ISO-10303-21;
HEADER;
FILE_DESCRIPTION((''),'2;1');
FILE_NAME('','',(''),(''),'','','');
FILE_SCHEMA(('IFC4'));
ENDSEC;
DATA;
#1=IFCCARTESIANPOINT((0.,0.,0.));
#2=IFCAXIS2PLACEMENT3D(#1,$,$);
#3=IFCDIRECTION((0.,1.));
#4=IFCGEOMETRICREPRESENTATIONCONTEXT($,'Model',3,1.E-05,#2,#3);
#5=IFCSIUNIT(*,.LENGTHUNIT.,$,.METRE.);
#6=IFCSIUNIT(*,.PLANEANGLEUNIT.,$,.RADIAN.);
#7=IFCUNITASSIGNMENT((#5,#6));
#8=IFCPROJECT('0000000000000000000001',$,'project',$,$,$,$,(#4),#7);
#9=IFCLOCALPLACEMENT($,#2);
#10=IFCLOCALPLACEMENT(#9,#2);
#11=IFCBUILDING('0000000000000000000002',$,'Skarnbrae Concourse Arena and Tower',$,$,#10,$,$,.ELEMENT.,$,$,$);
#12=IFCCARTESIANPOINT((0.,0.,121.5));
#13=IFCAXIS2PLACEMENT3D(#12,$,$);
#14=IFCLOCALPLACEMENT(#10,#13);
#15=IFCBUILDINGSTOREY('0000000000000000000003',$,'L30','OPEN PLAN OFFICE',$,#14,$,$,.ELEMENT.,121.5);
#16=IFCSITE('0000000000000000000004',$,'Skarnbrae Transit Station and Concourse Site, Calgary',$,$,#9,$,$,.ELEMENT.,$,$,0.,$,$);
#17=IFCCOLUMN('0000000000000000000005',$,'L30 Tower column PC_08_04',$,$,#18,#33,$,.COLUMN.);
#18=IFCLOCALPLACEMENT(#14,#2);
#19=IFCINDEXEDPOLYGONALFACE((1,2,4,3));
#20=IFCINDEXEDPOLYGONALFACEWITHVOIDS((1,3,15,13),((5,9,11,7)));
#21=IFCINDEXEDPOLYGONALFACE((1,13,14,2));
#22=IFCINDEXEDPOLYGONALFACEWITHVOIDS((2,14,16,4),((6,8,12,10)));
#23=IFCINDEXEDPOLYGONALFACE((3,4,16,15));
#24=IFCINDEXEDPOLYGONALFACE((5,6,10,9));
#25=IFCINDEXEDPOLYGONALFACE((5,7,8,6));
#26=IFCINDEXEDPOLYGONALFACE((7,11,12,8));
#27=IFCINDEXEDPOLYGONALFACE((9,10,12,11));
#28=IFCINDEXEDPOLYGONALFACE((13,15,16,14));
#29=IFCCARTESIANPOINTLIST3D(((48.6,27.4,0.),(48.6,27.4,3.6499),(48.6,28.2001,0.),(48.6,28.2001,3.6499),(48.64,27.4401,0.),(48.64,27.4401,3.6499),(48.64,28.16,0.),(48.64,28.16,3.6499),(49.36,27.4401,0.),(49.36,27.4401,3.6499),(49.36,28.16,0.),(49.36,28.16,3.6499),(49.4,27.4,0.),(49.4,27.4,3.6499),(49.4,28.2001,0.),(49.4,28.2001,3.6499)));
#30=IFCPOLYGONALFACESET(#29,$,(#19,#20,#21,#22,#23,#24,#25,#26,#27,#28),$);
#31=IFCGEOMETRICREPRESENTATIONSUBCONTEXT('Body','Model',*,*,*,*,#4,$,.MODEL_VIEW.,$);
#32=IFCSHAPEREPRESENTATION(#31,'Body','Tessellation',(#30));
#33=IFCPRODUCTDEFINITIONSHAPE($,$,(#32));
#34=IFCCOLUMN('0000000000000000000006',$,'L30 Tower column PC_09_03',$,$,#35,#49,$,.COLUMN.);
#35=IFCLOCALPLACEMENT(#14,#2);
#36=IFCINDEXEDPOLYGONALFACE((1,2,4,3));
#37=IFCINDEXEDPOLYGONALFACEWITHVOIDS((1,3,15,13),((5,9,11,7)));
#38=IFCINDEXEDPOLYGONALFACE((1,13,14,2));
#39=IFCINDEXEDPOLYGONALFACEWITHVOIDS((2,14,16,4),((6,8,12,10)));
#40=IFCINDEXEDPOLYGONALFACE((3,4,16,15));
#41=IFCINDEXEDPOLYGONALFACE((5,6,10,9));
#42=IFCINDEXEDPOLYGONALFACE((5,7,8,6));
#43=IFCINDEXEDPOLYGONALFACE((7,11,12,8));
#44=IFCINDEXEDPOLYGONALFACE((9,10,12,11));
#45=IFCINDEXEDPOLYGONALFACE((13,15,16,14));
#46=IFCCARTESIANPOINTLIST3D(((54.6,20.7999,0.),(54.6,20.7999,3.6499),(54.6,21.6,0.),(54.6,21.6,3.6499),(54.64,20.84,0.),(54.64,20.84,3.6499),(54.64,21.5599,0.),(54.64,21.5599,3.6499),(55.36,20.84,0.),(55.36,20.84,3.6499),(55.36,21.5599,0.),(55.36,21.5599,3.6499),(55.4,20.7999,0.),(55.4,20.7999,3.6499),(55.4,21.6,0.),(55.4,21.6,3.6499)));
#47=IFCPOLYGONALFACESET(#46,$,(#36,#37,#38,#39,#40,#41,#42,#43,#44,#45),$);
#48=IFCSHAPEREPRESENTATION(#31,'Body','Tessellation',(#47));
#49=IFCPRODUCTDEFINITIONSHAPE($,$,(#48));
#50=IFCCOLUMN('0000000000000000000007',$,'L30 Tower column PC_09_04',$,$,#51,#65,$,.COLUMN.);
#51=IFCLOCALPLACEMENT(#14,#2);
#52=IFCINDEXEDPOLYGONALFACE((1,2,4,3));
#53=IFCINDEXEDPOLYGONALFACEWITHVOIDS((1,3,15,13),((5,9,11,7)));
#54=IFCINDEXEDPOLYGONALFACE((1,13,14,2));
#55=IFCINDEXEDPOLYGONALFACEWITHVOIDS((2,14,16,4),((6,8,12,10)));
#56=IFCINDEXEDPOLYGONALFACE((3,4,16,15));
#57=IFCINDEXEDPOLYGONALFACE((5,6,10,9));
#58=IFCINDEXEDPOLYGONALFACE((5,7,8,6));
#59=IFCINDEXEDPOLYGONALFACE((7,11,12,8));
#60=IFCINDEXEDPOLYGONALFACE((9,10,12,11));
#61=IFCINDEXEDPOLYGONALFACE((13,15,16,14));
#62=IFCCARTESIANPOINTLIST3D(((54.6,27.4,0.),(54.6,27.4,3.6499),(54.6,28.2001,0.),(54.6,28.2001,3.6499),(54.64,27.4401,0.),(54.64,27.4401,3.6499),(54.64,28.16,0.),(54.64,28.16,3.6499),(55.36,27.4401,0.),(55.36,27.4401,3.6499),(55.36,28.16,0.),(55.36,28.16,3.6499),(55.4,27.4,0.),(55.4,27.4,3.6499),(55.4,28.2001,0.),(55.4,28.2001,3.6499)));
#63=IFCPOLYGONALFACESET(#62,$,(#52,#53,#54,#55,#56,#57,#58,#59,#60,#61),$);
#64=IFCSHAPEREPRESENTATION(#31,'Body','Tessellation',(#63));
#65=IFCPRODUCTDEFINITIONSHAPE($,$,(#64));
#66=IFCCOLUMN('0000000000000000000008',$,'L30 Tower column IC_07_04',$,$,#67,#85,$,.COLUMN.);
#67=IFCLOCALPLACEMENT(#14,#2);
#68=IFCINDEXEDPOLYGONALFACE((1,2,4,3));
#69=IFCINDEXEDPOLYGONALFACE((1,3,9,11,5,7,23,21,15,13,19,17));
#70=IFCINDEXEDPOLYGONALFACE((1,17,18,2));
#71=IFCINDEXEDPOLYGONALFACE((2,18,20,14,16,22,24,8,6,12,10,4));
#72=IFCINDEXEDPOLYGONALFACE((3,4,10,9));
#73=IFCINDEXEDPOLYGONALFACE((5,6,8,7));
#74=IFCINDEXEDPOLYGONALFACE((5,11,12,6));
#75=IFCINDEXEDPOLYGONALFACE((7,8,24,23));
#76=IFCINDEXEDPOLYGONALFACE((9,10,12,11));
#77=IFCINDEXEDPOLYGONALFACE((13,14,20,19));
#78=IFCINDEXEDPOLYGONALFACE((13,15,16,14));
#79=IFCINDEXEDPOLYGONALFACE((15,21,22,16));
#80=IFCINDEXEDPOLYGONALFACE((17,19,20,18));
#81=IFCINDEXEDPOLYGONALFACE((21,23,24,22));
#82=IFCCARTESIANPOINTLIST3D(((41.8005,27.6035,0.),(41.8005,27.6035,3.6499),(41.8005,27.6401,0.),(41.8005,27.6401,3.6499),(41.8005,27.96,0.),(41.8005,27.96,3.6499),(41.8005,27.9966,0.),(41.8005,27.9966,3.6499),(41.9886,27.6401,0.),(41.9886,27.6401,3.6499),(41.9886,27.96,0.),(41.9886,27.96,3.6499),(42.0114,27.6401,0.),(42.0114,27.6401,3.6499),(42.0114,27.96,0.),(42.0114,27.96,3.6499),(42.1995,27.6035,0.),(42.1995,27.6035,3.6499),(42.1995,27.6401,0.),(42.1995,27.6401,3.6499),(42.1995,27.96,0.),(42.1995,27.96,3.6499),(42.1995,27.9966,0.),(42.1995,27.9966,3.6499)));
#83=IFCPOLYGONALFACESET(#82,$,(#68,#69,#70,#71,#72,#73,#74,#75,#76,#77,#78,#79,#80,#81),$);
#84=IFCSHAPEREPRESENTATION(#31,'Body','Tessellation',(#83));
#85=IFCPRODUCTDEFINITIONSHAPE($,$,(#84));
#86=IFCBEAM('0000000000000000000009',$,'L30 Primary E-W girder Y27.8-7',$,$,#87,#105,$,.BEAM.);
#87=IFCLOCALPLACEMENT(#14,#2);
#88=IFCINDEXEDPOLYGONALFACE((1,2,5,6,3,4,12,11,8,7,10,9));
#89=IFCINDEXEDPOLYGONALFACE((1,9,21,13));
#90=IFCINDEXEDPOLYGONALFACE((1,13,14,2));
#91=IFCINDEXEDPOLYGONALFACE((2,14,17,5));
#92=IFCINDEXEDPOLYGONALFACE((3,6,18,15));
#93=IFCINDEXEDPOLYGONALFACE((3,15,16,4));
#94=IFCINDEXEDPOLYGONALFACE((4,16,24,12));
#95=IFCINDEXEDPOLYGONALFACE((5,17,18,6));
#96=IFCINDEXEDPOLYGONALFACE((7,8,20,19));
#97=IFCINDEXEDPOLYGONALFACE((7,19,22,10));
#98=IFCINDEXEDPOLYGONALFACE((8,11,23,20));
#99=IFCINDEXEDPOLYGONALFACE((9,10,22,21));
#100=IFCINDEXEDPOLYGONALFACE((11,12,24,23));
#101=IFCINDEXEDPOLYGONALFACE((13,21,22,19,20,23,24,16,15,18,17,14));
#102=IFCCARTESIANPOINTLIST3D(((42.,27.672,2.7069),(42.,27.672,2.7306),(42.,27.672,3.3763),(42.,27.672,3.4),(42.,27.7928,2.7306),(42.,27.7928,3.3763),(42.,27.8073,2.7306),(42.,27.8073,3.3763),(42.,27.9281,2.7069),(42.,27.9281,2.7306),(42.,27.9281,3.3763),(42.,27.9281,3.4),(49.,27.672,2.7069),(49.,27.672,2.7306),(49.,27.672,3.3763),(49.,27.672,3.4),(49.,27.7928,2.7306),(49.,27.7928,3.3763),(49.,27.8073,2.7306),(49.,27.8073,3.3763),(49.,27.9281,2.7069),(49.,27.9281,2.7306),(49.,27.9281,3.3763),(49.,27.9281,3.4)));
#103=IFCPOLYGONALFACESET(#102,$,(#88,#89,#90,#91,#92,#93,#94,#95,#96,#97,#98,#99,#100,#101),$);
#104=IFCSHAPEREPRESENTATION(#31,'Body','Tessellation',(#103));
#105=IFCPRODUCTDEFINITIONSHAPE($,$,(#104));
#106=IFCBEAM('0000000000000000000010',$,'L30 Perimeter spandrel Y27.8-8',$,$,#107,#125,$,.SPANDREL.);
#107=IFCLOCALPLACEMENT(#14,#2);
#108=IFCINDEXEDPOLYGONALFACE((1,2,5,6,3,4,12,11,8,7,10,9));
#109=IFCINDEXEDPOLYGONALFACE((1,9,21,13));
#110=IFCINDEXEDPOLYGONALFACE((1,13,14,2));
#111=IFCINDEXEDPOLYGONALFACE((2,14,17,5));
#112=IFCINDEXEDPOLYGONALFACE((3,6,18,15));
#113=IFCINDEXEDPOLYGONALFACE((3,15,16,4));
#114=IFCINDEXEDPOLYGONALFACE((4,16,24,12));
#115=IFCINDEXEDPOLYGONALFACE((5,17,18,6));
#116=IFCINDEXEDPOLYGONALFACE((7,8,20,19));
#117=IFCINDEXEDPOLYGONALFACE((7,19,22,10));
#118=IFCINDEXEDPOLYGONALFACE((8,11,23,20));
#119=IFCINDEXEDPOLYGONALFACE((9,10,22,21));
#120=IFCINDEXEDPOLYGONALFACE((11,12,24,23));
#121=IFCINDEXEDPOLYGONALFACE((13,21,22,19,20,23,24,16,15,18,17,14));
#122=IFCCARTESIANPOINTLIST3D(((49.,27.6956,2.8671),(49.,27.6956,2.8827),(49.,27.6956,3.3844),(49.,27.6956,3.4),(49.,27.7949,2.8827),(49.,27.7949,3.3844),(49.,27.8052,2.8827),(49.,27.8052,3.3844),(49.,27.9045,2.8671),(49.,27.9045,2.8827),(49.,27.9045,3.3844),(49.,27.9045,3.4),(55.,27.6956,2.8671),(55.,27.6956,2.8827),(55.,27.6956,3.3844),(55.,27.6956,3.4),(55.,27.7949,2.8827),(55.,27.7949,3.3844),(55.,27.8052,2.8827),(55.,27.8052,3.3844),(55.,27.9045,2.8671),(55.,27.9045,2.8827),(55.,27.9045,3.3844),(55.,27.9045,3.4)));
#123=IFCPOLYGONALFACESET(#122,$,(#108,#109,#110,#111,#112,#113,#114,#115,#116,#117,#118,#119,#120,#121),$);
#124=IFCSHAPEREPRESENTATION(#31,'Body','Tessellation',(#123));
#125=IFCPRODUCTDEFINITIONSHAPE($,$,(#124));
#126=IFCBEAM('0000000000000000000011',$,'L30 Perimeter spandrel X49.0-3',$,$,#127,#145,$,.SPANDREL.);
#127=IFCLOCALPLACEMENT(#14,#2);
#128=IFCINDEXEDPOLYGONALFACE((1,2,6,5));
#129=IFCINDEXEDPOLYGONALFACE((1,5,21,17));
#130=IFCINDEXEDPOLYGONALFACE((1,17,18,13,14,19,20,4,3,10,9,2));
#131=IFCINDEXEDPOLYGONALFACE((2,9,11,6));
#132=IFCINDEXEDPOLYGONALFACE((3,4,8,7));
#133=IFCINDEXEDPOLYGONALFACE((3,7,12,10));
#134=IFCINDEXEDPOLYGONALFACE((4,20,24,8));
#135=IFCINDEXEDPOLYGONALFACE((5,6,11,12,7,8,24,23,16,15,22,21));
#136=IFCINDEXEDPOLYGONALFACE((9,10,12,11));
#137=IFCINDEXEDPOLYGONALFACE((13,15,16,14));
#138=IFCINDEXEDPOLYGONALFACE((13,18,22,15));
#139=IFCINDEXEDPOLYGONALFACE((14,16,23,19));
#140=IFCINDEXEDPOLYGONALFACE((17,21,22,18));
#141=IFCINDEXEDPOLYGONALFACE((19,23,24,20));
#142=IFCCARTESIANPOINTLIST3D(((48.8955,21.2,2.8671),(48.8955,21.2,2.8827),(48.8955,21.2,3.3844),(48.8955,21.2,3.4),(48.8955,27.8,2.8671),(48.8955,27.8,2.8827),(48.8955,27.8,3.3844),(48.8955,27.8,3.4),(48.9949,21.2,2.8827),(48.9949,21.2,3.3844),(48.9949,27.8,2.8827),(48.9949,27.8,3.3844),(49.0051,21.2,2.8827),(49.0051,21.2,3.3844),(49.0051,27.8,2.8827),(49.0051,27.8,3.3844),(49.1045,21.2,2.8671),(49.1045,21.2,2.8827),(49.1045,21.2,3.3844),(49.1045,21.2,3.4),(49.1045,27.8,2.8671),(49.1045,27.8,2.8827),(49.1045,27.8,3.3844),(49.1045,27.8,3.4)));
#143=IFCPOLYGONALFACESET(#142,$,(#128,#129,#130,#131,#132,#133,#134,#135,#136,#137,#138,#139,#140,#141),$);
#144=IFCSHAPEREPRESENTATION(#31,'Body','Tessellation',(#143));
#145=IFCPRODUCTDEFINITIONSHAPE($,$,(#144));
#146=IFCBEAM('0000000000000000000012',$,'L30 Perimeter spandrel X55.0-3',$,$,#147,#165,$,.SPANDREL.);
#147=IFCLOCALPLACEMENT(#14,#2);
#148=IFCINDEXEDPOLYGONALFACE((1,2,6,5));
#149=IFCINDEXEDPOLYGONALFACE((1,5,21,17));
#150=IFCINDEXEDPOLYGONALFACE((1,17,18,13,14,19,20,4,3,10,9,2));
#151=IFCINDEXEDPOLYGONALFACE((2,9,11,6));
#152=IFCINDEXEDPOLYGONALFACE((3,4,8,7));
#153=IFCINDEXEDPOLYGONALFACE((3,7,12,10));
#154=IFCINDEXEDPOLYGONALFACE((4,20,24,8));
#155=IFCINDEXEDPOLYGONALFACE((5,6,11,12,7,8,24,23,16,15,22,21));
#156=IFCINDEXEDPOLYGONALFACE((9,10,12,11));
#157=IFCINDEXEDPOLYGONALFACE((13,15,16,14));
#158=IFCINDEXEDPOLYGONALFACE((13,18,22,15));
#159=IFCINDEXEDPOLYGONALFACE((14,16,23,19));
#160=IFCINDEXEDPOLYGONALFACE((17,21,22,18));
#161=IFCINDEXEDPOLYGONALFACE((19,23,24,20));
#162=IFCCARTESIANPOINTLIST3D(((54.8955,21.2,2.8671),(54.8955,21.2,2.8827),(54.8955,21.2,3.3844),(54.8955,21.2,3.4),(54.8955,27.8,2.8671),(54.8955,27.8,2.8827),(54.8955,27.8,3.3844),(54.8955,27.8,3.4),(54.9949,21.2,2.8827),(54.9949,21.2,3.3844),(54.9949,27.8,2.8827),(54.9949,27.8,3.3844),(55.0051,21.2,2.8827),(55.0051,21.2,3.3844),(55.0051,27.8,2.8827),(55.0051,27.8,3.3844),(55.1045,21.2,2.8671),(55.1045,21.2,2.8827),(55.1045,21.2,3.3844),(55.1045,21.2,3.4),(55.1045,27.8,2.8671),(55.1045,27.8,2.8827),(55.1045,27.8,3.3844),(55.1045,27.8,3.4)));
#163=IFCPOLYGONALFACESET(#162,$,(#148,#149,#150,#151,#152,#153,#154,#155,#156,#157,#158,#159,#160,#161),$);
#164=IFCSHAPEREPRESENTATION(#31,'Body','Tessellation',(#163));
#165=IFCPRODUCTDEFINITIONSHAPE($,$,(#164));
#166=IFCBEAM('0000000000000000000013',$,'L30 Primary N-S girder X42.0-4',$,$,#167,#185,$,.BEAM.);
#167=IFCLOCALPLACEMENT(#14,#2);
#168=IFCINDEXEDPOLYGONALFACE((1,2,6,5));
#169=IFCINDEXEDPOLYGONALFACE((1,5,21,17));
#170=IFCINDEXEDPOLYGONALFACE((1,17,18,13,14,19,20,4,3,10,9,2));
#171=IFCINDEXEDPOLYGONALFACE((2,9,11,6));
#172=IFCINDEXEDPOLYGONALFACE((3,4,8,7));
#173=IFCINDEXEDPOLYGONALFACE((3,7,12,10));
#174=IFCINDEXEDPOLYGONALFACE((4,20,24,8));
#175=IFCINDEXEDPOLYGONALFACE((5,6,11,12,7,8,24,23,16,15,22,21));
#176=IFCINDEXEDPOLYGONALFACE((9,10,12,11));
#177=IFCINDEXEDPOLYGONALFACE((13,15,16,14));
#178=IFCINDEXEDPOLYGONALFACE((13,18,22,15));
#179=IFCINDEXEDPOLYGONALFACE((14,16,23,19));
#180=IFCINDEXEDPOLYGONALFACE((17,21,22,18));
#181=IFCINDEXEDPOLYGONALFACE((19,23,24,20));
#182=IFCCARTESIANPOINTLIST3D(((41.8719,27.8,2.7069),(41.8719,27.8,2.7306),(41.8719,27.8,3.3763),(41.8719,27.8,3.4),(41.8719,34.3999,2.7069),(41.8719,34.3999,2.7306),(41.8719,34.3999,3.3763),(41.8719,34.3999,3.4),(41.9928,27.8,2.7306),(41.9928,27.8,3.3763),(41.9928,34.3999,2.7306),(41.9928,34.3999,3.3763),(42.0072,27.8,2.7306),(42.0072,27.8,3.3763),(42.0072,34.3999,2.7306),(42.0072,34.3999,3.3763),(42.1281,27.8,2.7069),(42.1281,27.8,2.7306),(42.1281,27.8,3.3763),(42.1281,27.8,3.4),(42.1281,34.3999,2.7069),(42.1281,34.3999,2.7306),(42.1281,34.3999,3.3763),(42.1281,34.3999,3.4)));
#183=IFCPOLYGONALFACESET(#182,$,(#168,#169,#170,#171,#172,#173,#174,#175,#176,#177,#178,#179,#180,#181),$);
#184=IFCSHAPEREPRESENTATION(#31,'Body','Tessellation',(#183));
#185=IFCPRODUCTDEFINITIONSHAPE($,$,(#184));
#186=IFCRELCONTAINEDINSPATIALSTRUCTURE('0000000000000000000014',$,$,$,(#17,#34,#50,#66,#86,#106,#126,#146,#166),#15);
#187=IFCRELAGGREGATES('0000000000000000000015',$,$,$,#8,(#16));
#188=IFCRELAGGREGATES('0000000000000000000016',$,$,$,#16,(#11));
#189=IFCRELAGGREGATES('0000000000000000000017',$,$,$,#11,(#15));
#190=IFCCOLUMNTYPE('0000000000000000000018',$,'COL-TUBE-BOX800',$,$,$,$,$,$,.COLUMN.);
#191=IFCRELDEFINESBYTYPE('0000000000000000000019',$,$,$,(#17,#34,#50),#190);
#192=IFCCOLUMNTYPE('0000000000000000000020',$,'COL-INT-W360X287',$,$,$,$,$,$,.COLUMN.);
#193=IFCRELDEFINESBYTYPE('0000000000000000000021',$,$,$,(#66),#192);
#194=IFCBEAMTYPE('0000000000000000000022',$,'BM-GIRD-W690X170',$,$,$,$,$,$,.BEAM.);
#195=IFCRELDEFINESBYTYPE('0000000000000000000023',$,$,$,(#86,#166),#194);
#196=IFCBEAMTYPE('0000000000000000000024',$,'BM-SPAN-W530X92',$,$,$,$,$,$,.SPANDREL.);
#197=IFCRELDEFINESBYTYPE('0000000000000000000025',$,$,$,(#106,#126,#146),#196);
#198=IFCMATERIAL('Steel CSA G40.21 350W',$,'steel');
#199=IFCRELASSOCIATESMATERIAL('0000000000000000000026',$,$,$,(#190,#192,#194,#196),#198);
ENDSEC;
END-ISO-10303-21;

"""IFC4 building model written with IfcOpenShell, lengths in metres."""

from ifc_helpers import new_model, si_unit, direction, frame, origin, origin_2d, place, context, subcontext, project, spatial, hollow_rectangle, i_section, extrude, source, transform, mapped, material, material_profile, profile_set, type_object, element, save


model = new_model("IFC4")

# Units and contexts
model_context = context("Model", 3, precision=1e-05, world=origin(), true_north=direction((0.0, 1.0)))
body_context = subcontext(model_context, "Body", "Model", "MODEL_VIEW")
ifc_project = project(units=[si_unit("LENGTHUNIT", "METRE"), si_unit("PLANEANGLEUNIT", "RADIAN")], contexts=[model_context])

# Site, building, storey
site_placement = place(None, origin())
site = spatial("IfcSite", under=ifc_project, at=site_placement, Name="Skarnbrae Transit Station and Concourse Site, Calgary", CompositionType="ELEMENT", RefElevation=0.0)
building_placement = place(site_placement, origin())
building = spatial("IfcBuilding", under=site, at=building_placement, Name="Skarnbrae Concourse Arena and Tower", CompositionType="ELEMENT")
storey_placement = place(building_placement, frame((0.0, 0.0, 121.5)))
storey = spatial("IfcBuildingStorey", under=building, at=storey_placement, Name="L30", Description="OPEN PLAN OFFICE", CompositionType="ELEMENT", Elevation=121.5)

# Columns
ifc_material_1 = material(Name="Steel CSA G40.21 350W", Category="steel")
ifc_material_profile_1 = material_profile(ifc_material_1, hollow_rectangle(XDim=0.8, YDim=0.8, WallThickness=0.04, at=origin_2d()), Name="BOX800X800X40")
ifc_profile_set_1 = profile_set([ifc_material_profile_1], Name="Steel CSA G40.21 350W")
column_type_1 = type_object("IfcColumnType", Name="COL-TUBE-BOX800", PredefinedType="COLUMN", material=ifc_profile_set_1)
shared_shape_1 = source(origin(), body_context, "Body", "SweptSolid", [
    extrude(hollow_rectangle(XDim=0.8, YDim=0.8, WallThickness=0.04, at=origin_2d()), origin(), (0.0, 0.0, 1.0), 3.6499),
])
for number, where, z_axis, x_axis, name in (
    (1, (49.0, 27.8, 0.0), (0.0, 0.0, 1.0), (1.0, 0.0, 0.0), "L30 Tower column PC_08_04"),
    (2, (55.0, 21.2, 0.0), (0.0, 0.0, 1.0), (1.0, 0.0, 0.0), "L30 Tower column PC_09_03"),
    (3, (55.0, 27.8, 0.0), (0.0, 0.0, 1.0), (1.0, 0.0, 0.0), "L30 Tower column PC_09_04"),
):
    element("IfcColumn", number, at=place(storey_placement, frame(where, z_axis=z_axis, x_axis=x_axis)), inside=storey, type_object=column_type_1, Name=name, PredefinedType="COLUMN", context=body_context, shape_type="MappedRepresentation", body=[
        mapped(shared_shape_1, transform((0.0, 0.0, 0.0))),
    ])
ifc_material_profile_2 = material_profile(ifc_material_1, i_section(OverallWidth=0.3989, OverallDepth=0.3931, WebThickness=0.0227, FlangeThickness=0.0366, at=origin_2d()), Name="W360X287")
ifc_profile_set_2 = profile_set([ifc_material_profile_2], Name="Steel CSA G40.21 350W")
column_type_2 = type_object("IfcColumnType", Name="COL-INT-W360X287", PredefinedType="COLUMN", material=ifc_profile_set_2)
shared_shape_2 = source(origin(), body_context, "Body", "SweptSolid", [
    extrude(i_section(OverallWidth=0.3989, OverallDepth=0.3931, WebThickness=0.0227, FlangeThickness=0.0366, at=origin_2d()), origin(), (0.0, 0.0, 1.0), 3.6499),
])
column_placement = place(storey_placement, frame((42.0, 27.8, 0.0), z_axis=(0.0, 0.0, 1.0), x_axis=(1.0, 0.0, 0.0)))
element("IfcColumn", 4, at=column_placement, inside=storey, type_object=column_type_2, Name="L30 Tower column IC_07_04", PredefinedType="COLUMN", context=body_context, shape_type="MappedRepresentation", body=[
    mapped(shared_shape_2, transform((0.0, 0.0, 0.0))),
])

# Beams
ifc_material_profile_3 = material_profile(ifc_material_1, i_section(OverallWidth=0.2561, OverallDepth=0.6931, WebThickness=0.0144, FlangeThickness=0.0237, at=origin_2d()), Name="W690X170")
ifc_profile_set_3 = profile_set([ifc_material_profile_3], Name="Steel CSA G40.21 350W")
beam_type_1 = type_object("IfcBeamType", Name="BM-GIRD-W690X170", PredefinedType="BEAM", material=ifc_profile_set_3)
shared_shape_3 = source(origin(), body_context, "Body", "SweptSolid", [
    extrude(i_section(OverallWidth=0.2561, OverallDepth=0.6931, WebThickness=0.0144, FlangeThickness=0.0237, at=origin_2d()), origin(), (0.0, 0.0, 1.0), 7.0),
])
beam_1_placement = place(storey_placement, frame((42.0, 27.8, 3.0535), z_axis=(1.0, 0.0, 0.0), x_axis=(0.0, 1.0, 0.0)))
element("IfcBeam", 5, at=beam_1_placement, inside=storey, type_object=beam_type_1, Name="L30 Primary E-W girder Y27.8-7", PredefinedType="BEAM", context=body_context, shape_type="MappedRepresentation", body=[
    mapped(shared_shape_3, transform((0.0, 0.0, 0.0))),
])
ifc_material_profile_4 = material_profile(ifc_material_1, i_section(OverallWidth=0.209, OverallDepth=0.533, WebThickness=0.0103, FlangeThickness=0.0156, at=origin_2d()), Name="W530X92")
ifc_profile_set_4 = profile_set([ifc_material_profile_4], Name="Steel CSA G40.21 350W")
beam_type_2 = type_object("IfcBeamType", Name="BM-SPAN-W530X92", PredefinedType="SPANDREL", material=ifc_profile_set_4)
shared_shape_4 = source(origin(), body_context, "Body", "SweptSolid", [
    extrude(i_section(OverallWidth=0.209, OverallDepth=0.533, WebThickness=0.0103, FlangeThickness=0.0156, at=origin_2d()), origin(), (0.0, 0.0, 1.0), 6.0),
])
beam_2_placement = place(storey_placement, frame((49.0, 27.8, 3.1335), z_axis=(1.0, 0.0, 0.0), x_axis=(0.0, 1.0, 0.0)))
element("IfcBeam", 6, at=beam_2_placement, inside=storey, type_object=beam_type_2, Name="L30 Perimeter spandrel Y27.8-8", PredefinedType="SPANDREL", context=body_context, shape_type="MappedRepresentation", body=[
    mapped(shared_shape_4, transform((0.0, 0.0, 0.0))),
])
shared_shape_5 = source(origin(), body_context, "Body", "SweptSolid", [
    extrude(i_section(OverallWidth=0.209, OverallDepth=0.533, WebThickness=0.0103, FlangeThickness=0.0156, at=origin_2d()), origin(), (0.0, 0.0, 1.0), 6.6001),
])
for number, where, z_axis, x_axis, name in (
    (7, (49.0, 21.2, 3.1335), (0.0, 1.0, 0.0), (-1.0, 0.0, 0.0), "L30 Perimeter spandrel X49.0-3"),
    (8, (55.0, 21.2, 3.1335), (0.0, 1.0, 0.0), (-1.0, 0.0, 0.0), "L30 Perimeter spandrel X55.0-3"),
):
    element("IfcBeam", number, at=place(storey_placement, frame(where, z_axis=z_axis, x_axis=x_axis)), inside=storey, type_object=beam_type_2, Name=name, PredefinedType="SPANDREL", context=body_context, shape_type="MappedRepresentation", body=[
        mapped(shared_shape_5, transform((0.0, 0.0, 0.0))),
    ])
shared_shape_6 = source(origin(), body_context, "Body", "SweptSolid", [
    extrude(i_section(OverallWidth=0.2561, OverallDepth=0.6931, WebThickness=0.0144, FlangeThickness=0.0237, at=origin_2d()), origin(), (0.0, 0.0, 1.0), 6.5999),
])
beam_3_placement = place(storey_placement, frame((42.0, 27.8, 3.0535), z_axis=(0.0, 1.0, 0.0), x_axis=(-1.0, 0.0, 0.0)))
element("IfcBeam", 9, at=beam_3_placement, inside=storey, type_object=beam_type_1, Name="L30 Primary N-S girder X42.0-4", PredefinedType="BEAM", context=body_context, shape_type="MappedRepresentation", body=[
    mapped(shared_shape_6, transform((0.0, 0.0, 0.0))),
])

save(model, "model.ifc")
